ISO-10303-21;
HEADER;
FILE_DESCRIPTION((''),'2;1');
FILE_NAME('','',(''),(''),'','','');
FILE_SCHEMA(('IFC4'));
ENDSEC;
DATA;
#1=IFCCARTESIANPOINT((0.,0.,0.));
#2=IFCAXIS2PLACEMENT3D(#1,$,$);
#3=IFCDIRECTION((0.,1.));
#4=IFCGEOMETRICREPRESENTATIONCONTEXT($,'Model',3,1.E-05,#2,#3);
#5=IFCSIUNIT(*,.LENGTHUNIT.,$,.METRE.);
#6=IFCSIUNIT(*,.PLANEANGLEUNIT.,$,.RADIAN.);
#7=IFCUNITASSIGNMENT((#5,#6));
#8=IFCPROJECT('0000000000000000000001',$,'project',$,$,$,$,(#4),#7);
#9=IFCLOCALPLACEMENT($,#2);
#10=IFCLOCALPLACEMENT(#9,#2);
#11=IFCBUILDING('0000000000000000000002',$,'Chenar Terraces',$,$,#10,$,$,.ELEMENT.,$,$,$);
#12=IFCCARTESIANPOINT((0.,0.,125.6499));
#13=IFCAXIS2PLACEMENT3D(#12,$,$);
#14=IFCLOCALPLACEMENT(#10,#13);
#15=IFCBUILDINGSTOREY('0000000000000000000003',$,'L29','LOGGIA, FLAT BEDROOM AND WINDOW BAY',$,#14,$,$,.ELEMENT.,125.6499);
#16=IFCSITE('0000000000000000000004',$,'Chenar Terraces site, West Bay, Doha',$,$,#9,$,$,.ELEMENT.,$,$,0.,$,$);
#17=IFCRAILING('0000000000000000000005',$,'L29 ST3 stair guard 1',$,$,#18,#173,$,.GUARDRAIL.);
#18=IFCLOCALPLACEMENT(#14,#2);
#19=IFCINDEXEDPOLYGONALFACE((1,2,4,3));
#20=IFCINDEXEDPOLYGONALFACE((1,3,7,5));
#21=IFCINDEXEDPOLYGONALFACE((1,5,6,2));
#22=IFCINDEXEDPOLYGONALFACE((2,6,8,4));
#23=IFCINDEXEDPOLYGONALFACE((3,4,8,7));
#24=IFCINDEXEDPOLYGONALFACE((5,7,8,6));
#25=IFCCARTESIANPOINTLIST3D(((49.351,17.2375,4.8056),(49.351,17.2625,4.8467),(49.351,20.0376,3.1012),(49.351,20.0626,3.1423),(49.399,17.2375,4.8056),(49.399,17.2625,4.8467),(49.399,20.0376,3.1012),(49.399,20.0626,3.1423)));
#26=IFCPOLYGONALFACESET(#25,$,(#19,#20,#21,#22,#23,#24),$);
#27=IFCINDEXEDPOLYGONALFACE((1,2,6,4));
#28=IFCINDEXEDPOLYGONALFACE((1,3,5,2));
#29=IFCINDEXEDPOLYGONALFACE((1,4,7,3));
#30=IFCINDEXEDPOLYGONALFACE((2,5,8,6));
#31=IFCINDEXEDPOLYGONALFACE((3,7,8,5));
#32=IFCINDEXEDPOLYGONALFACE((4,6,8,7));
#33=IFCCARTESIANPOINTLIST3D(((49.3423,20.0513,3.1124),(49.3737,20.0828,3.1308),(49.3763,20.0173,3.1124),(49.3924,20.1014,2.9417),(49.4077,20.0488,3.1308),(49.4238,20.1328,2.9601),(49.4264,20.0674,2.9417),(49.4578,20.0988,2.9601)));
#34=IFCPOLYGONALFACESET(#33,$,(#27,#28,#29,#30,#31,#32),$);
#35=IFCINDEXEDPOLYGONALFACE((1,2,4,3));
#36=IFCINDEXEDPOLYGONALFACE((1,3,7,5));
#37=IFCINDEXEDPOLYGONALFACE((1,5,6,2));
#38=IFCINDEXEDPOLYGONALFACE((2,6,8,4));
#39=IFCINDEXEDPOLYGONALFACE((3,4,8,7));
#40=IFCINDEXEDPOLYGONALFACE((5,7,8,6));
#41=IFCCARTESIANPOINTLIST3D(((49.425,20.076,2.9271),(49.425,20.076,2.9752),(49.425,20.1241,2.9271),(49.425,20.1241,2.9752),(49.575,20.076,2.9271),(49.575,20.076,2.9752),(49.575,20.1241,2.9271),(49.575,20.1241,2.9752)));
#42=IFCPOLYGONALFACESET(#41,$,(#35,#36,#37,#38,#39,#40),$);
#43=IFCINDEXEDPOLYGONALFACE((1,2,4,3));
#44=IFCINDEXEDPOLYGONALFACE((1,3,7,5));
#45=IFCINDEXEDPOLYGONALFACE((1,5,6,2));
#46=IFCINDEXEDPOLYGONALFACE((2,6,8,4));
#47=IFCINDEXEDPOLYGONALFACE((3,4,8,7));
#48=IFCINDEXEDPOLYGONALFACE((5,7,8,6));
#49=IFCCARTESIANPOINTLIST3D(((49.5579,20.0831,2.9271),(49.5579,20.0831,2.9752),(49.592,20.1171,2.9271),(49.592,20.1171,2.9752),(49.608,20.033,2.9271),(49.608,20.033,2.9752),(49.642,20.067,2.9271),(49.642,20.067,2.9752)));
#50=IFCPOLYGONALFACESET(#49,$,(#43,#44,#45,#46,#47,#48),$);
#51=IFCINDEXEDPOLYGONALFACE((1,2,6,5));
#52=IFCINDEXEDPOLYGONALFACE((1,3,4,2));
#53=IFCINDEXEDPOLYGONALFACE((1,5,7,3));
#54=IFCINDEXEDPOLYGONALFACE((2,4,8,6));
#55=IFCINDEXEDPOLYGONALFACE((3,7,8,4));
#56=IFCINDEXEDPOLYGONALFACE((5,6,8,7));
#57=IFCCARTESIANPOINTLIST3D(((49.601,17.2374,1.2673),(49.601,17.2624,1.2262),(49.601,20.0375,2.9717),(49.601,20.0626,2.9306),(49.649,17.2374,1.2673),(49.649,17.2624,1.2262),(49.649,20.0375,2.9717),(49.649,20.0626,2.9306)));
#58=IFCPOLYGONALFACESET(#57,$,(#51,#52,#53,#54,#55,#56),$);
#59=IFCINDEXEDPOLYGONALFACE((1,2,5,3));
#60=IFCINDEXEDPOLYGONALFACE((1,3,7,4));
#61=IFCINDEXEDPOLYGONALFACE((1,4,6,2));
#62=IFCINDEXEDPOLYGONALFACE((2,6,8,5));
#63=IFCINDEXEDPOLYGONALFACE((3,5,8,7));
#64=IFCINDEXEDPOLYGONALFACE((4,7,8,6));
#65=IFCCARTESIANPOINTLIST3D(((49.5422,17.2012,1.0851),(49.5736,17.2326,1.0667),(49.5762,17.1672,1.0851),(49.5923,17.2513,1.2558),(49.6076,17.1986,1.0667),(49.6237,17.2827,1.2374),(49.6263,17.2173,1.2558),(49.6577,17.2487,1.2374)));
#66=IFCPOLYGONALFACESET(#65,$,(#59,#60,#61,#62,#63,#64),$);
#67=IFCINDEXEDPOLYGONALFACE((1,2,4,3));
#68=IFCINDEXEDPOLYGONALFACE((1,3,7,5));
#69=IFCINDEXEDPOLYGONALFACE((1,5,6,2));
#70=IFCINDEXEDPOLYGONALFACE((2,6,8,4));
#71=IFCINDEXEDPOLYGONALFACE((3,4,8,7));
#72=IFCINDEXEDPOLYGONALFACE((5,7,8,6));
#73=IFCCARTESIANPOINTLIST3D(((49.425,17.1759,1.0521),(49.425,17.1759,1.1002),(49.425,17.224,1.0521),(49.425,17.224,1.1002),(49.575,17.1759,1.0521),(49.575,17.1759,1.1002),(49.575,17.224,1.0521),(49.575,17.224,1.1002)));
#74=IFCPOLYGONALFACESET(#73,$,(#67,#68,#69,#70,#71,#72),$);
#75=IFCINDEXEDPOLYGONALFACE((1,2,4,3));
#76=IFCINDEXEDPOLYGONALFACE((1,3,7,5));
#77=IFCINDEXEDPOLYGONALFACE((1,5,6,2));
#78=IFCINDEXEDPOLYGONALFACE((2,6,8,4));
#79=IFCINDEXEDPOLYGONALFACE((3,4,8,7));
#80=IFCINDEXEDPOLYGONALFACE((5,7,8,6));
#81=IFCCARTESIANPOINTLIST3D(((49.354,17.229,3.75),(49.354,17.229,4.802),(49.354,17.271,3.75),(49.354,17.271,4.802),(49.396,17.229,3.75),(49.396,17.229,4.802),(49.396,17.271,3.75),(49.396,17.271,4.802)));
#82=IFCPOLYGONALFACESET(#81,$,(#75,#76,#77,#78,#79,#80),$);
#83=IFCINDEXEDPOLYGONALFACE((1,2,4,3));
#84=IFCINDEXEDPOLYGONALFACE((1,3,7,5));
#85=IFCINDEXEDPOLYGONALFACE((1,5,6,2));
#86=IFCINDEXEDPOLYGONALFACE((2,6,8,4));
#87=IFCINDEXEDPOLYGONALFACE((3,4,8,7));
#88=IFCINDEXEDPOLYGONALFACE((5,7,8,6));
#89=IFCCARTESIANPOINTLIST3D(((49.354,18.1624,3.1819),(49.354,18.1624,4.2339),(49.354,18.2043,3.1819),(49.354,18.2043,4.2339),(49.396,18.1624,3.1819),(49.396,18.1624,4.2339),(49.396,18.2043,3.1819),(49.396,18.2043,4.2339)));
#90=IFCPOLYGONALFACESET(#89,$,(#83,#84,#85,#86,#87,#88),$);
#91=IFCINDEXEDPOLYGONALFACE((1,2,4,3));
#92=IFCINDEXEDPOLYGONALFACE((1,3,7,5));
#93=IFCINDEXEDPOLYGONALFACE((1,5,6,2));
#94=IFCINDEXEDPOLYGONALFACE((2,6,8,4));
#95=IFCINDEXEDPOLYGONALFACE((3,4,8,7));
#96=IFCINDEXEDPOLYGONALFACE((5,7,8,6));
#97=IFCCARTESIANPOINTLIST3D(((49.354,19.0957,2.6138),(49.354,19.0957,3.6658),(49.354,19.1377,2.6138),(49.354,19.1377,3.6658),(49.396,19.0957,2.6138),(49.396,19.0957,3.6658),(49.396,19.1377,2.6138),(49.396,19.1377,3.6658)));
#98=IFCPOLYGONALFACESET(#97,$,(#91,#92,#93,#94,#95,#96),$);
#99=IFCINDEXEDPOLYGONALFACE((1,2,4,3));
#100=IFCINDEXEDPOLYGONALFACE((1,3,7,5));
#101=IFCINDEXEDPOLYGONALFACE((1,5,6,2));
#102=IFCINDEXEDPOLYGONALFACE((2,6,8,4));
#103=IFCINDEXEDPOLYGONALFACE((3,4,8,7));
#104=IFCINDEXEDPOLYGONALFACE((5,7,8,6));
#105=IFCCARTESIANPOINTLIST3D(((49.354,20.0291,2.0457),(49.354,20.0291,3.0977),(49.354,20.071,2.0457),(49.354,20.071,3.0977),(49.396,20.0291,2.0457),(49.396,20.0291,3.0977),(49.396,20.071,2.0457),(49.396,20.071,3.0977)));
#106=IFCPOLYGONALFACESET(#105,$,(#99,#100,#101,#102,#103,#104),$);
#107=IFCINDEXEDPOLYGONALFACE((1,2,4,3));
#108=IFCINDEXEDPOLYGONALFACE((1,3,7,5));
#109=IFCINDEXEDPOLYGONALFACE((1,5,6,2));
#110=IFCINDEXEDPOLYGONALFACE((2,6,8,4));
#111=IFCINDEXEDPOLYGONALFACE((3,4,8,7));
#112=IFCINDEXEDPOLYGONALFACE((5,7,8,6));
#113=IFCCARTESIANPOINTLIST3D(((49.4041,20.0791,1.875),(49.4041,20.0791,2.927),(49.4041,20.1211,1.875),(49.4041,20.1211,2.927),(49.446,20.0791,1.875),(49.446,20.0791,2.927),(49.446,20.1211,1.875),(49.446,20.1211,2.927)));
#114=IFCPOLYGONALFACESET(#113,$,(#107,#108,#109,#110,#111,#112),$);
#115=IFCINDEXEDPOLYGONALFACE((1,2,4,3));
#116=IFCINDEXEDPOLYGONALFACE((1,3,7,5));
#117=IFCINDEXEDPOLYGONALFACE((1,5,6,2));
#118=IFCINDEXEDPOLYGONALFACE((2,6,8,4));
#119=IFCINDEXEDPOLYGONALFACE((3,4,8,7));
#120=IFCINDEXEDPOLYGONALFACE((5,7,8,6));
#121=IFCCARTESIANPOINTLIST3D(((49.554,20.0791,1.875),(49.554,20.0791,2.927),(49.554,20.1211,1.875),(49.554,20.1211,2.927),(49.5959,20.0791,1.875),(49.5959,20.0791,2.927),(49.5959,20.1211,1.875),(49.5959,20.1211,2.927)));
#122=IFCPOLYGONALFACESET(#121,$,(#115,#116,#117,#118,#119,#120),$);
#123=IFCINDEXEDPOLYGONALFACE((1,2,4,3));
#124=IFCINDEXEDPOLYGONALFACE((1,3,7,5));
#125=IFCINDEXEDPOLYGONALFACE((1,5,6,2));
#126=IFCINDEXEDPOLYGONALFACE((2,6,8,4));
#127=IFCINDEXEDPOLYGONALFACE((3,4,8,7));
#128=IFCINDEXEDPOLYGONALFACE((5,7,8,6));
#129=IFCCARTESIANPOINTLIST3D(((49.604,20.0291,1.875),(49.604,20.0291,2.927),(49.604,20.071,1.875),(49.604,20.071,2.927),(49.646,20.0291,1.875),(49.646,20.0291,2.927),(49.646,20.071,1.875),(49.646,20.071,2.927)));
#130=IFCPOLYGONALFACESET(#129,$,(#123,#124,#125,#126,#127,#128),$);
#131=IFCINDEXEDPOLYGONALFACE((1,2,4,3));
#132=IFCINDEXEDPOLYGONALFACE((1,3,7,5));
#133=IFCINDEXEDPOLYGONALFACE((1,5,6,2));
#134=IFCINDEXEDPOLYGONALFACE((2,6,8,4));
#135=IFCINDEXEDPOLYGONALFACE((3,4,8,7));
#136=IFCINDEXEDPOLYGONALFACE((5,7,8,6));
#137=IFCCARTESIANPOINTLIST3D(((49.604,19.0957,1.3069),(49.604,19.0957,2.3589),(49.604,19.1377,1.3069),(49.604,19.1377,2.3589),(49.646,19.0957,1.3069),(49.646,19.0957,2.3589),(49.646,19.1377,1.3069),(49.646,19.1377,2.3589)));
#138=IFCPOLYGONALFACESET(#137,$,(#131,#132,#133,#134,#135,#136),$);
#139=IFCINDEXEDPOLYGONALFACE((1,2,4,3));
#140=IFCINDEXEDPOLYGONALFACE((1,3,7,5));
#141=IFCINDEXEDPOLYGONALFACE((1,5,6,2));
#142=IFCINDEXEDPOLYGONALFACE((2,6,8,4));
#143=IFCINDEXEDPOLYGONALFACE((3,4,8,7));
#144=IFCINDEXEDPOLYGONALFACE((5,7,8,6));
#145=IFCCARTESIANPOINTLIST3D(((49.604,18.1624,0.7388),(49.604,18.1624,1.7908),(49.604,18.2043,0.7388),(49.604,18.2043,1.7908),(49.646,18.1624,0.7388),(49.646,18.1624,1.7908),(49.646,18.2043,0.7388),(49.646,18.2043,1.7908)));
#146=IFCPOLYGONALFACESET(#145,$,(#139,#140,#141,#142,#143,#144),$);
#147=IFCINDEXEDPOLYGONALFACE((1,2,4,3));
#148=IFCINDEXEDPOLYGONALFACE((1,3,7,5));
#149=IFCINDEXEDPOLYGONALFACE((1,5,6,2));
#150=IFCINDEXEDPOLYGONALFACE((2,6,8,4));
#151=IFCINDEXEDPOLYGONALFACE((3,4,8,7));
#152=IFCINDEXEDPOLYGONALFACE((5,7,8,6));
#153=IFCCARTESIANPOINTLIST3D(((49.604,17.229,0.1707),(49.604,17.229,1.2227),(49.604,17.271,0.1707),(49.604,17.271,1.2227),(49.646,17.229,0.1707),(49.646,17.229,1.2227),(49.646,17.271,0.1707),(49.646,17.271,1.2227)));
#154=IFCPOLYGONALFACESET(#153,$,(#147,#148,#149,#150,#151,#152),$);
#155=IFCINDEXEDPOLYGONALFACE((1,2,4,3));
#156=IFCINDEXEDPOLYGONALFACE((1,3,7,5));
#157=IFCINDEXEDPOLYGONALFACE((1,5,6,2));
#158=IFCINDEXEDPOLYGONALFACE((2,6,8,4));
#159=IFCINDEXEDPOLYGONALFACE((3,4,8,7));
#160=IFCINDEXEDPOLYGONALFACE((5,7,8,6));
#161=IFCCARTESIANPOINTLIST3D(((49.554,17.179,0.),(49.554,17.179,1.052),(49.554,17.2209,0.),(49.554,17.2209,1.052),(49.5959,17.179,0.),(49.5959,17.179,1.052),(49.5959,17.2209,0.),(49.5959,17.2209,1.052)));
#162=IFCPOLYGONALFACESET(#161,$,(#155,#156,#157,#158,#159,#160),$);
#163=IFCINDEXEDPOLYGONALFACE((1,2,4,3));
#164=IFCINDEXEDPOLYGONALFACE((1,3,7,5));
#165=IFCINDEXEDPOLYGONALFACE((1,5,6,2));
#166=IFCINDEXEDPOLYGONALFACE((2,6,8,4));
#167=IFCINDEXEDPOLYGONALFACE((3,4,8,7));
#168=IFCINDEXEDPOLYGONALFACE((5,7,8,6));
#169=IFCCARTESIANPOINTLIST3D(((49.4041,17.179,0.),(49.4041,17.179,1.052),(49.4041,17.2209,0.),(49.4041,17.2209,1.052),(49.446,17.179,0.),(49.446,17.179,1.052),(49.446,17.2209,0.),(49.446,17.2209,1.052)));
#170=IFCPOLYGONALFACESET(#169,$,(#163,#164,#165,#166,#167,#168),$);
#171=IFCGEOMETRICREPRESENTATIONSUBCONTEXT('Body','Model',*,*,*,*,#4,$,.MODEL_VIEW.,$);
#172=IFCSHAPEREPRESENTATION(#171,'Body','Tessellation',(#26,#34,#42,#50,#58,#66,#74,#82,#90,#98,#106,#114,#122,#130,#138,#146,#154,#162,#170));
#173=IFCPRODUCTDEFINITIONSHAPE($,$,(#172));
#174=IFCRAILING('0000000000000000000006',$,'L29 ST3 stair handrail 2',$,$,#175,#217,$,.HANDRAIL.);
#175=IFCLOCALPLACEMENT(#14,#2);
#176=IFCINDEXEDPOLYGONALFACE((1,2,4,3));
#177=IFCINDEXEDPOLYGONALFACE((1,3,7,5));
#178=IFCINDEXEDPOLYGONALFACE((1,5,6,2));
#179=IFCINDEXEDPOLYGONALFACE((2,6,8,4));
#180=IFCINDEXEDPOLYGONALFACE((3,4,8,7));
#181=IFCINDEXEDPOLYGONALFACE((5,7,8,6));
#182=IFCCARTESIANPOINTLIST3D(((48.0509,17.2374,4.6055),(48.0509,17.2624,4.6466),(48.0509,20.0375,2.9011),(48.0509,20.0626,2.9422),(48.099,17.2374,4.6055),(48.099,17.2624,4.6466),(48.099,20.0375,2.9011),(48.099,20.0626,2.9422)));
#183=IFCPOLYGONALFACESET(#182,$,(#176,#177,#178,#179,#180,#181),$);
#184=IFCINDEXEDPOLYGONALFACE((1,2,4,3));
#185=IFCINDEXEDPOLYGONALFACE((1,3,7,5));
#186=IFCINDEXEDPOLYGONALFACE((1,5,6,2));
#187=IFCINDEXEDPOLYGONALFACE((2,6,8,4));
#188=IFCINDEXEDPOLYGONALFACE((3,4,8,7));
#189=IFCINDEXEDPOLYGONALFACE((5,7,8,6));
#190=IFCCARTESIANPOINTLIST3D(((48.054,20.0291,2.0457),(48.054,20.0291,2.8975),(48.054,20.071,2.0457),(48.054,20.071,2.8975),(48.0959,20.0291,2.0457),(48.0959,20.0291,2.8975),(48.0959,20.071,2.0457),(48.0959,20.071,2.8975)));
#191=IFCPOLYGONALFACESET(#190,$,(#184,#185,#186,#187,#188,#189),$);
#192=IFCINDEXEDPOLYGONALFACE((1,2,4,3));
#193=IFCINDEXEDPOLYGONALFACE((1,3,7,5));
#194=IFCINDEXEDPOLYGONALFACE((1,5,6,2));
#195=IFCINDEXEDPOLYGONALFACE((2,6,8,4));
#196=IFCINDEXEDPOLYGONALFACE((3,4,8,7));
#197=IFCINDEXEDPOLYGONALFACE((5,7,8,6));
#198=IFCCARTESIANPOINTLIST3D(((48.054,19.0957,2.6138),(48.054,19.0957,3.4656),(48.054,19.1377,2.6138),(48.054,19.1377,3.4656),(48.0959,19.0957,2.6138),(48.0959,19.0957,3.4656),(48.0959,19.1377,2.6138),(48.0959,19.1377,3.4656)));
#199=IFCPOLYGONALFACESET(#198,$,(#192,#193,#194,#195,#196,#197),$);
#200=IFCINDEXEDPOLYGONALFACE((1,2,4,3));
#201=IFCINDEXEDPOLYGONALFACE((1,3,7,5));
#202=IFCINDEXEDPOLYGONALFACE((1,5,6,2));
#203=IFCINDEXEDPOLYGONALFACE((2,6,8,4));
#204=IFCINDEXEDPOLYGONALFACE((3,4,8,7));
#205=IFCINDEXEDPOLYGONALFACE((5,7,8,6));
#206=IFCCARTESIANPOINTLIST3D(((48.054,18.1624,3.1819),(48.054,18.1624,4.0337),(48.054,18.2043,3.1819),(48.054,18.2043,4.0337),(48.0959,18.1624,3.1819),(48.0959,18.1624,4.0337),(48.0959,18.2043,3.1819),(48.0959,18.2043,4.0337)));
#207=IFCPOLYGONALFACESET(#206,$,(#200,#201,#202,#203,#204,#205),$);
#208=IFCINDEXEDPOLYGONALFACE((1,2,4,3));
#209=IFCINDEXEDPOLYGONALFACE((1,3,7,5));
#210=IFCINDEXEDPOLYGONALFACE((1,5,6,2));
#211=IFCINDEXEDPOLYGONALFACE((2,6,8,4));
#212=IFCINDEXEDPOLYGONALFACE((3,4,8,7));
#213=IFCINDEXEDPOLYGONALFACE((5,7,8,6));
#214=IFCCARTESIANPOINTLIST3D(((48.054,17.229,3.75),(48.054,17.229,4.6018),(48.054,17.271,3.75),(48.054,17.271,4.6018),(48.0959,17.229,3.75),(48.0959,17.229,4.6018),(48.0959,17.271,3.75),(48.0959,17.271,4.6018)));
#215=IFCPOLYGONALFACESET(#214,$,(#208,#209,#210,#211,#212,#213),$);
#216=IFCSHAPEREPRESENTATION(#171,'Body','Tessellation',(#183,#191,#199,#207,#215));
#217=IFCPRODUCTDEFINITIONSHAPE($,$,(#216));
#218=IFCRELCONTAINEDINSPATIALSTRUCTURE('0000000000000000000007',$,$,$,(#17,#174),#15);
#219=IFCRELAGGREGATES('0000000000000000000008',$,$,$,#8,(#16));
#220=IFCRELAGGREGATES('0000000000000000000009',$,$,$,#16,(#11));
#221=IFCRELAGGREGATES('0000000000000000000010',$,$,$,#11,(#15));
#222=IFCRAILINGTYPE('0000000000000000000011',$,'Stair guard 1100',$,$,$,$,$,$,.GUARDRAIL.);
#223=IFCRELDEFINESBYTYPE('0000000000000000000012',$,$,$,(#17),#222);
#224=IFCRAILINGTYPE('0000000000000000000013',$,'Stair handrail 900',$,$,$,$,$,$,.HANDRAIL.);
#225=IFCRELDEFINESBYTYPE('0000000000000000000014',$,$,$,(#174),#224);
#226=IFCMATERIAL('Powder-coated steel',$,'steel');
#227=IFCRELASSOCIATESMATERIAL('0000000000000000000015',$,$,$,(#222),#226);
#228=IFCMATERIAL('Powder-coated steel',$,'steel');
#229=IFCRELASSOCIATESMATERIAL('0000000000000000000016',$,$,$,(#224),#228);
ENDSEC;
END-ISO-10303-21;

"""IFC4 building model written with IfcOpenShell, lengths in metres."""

from ifc_helpers import new_model, si_unit, direction, frame, origin, origin_2d, place, context, subcontext, project, spatial, rectangle, extrude, material, type_object, element, save


model = new_model("IFC4")

# Units and contexts
model_context = context("Model", 3, precision=1e-05, world=origin(), true_north=direction((0.0, 1.0)))
body_context = subcontext(model_context, "Body", "Model", "MODEL_VIEW")
ifc_project = project(units=[si_unit("LENGTHUNIT", "METRE"), si_unit("PLANEANGLEUNIT", "RADIAN")], contexts=[model_context])

# Site, building, storey
site_placement = place(None, origin())
site = spatial("IfcSite", under=ifc_project, at=site_placement, Name="Chenar Terraces site, West Bay, Doha", CompositionType="ELEMENT", RefElevation=0.0)
building_placement = place(site_placement, origin())
building = spatial("IfcBuilding", under=site, at=building_placement, Name="Chenar Terraces", CompositionType="ELEMENT")
storey_placement = place(building_placement, frame((0.0, 0.0, 125.6499)))
storey = spatial("IfcBuildingStorey", under=building, at=storey_placement, Name="L29", Description="LOGGIA, FLAT BEDROOM AND WINDOW BAY", CompositionType="ELEMENT", Elevation=125.6499)

# Railings
ifc_material_1 = material(Name="Powder-coated steel", Category="steel")
railing_type_1 = type_object("IfcRailingType", Name="Stair guard 1100", PredefinedType="GUARDRAIL", material=ifc_material_1)
railing_1_placement = place(storey_placement, frame((49.375, 17.25, 3.75)))
element("IfcRailing", 1, at=railing_1_placement, inside=storey, type_object=railing_type_1, Name="L29 ST3 stair guard 1", PredefinedType="GUARDRAIL", context=body_context, shape_type="SweptSolid", body=[
    extrude(rectangle(XDim=0.0481, YDim=0.0481, at=origin_2d()), frame((0.0, 0.0, 1.0762), z_axis=(0.0, 0.854203, -0.51994), x_axis=(-1.0, 0.0, 0.0)), (0.0, 0.0, 1.0), 3.2781),
    extrude(rectangle(XDim=0.0481, YDim=0.0481, at=origin_2d()), frame((0.0, 2.8, -0.6284), z_axis=(0.2709, 0.2709, -0.923703), x_axis=(-0.707107, 0.707107, 0.0)), (0.0, 0.0, 1.0), 0.1848),
    extrude(rectangle(XDim=0.0481, YDim=0.0481, at=origin_2d()), frame((0.05, 2.8501, -0.7988), z_axis=(1.0, 0.0, 0.0), x_axis=(0.0, 1.0, 0.0)), (0.0, 0.0, 1.0), 0.1499),
    extrude(rectangle(XDim=0.0481, YDim=0.0481, at=origin_2d()), frame((0.2, 2.8501, -0.7988), z_axis=(0.707107, -0.707107, 0.0), x_axis=(0.707107, 0.707107, 0.0)), (0.0, 0.0, 1.0), 0.0708),
    extrude(rectangle(XDim=0.0481, YDim=0.0481, at=origin_2d()), frame((0.25, 2.8, -0.7988), z_axis=(0.0, -0.854203, -0.51994), x_axis=(1.0, 0.0, 0.0)), (0.0, 0.0, 1.0), 3.2781),
    extrude(rectangle(XDim=0.0481, YDim=0.0481, at=origin_2d()), frame((0.25, 0.0, -2.5034), z_axis=(-0.2709, -0.2709, -0.923703), x_axis=(0.707107, -0.707107, 0.0)), (0.0, 0.0, 1.0), 0.1848),
    extrude(rectangle(XDim=0.0481, YDim=0.0481, at=origin_2d()), frame((0.2, -0.05, -2.6738), z_axis=(-1.0, 0.0, 0.0), x_axis=(0.0, -1.0, 0.0)), (0.0, 0.0, 1.0), 0.1499),
    extrude(rectangle(XDim=0.042, YDim=0.042, at=origin_2d()), origin(), (0.0, 0.0, 1.0), 1.052),
    extrude(rectangle(XDim=0.042, YDim=0.042, at=origin_2d()), frame((0.0, 0.9333, -0.5681)), (0.0, 0.0, 1.0), 1.052),
    extrude(rectangle(XDim=0.042, YDim=0.042, at=origin_2d()), frame((0.0, 1.8667, -1.1362)), (0.0, 0.0, 1.0), 1.052),
    extrude(rectangle(XDim=0.042, YDim=0.042, at=origin_2d()), frame((0.0, 2.8, -1.7043)), (0.0, 0.0, 1.0), 1.052),
    extrude(rectangle(XDim=0.042, YDim=0.042, at=origin_2d()), frame((0.05, 2.8501, -1.875)), (0.0, 0.0, 1.0), 1.052),
    extrude(rectangle(XDim=0.042, YDim=0.042, at=origin_2d()), frame((0.2, 2.8501, -1.875)), (0.0, 0.0, 1.0), 1.052),
    extrude(rectangle(XDim=0.042, YDim=0.042, at=origin_2d()), frame((0.25, 2.8, -1.875)), (0.0, 0.0, 1.0), 1.052),
    extrude(rectangle(XDim=0.042, YDim=0.042, at=origin_2d()), frame((0.25, 1.8667, -2.4431)), (0.0, 0.0, 1.0), 1.052),
    extrude(rectangle(XDim=0.042, YDim=0.042, at=origin_2d()), frame((0.25, 0.9333, -3.0112)), (0.0, 0.0, 1.0), 1.052),
    extrude(rectangle(XDim=0.042, YDim=0.042, at=origin_2d()), frame((0.25, 0.0, -3.5793)), (0.0, 0.0, 1.0), 1.052),
    extrude(rectangle(XDim=0.042, YDim=0.042, at=origin_2d()), frame((0.2, -0.05, -3.75)), (0.0, 0.0, 1.0), 1.052),
    extrude(rectangle(XDim=0.042, YDim=0.042, at=origin_2d()), frame((0.05, -0.05, -3.75)), (0.0, 0.0, 1.0), 1.052),
])
ifc_material_2 = material(Name="Powder-coated steel", Category="steel")
railing_type_2 = type_object("IfcRailingType", Name="Stair handrail 900", PredefinedType="HANDRAIL", material=ifc_material_2)
railing_2_placement = place(storey_placement, frame((48.075, 20.05, 2.0457)))
element("IfcRailing", 2, at=railing_2_placement, inside=storey, type_object=railing_type_2, Name="L29 ST3 stair handrail 2", PredefinedType="HANDRAIL", context=body_context, shape_type="SweptSolid", body=[
    extrude(rectangle(XDim=0.0481, YDim=0.0481, at=origin_2d()), frame((0.0, 0.0, 0.876), z_axis=(0.0, -0.854203, 0.51994), x_axis=(1.0, 0.0, 0.0)), (0.0, 0.0, 1.0), 3.2781),
    extrude(rectangle(XDim=0.042, YDim=0.042, at=origin_2d()), origin(), (0.0, 0.0, 1.0), 0.8518),
    extrude(rectangle(XDim=0.042, YDim=0.042, at=origin_2d()), frame((0.0, -0.9333, 0.5681)), (0.0, 0.0, 1.0), 0.8518),
    extrude(rectangle(XDim=0.042, YDim=0.042, at=origin_2d()), frame((0.0, -1.8667, 1.1362)), (0.0, 0.0, 1.0), 0.8518),
    extrude(rectangle(XDim=0.042, YDim=0.042, at=origin_2d()), frame((0.0, -2.8, 1.7043)), (0.0, 0.0, 1.0), 0.8518),
])

save(model, "model.ifc")
